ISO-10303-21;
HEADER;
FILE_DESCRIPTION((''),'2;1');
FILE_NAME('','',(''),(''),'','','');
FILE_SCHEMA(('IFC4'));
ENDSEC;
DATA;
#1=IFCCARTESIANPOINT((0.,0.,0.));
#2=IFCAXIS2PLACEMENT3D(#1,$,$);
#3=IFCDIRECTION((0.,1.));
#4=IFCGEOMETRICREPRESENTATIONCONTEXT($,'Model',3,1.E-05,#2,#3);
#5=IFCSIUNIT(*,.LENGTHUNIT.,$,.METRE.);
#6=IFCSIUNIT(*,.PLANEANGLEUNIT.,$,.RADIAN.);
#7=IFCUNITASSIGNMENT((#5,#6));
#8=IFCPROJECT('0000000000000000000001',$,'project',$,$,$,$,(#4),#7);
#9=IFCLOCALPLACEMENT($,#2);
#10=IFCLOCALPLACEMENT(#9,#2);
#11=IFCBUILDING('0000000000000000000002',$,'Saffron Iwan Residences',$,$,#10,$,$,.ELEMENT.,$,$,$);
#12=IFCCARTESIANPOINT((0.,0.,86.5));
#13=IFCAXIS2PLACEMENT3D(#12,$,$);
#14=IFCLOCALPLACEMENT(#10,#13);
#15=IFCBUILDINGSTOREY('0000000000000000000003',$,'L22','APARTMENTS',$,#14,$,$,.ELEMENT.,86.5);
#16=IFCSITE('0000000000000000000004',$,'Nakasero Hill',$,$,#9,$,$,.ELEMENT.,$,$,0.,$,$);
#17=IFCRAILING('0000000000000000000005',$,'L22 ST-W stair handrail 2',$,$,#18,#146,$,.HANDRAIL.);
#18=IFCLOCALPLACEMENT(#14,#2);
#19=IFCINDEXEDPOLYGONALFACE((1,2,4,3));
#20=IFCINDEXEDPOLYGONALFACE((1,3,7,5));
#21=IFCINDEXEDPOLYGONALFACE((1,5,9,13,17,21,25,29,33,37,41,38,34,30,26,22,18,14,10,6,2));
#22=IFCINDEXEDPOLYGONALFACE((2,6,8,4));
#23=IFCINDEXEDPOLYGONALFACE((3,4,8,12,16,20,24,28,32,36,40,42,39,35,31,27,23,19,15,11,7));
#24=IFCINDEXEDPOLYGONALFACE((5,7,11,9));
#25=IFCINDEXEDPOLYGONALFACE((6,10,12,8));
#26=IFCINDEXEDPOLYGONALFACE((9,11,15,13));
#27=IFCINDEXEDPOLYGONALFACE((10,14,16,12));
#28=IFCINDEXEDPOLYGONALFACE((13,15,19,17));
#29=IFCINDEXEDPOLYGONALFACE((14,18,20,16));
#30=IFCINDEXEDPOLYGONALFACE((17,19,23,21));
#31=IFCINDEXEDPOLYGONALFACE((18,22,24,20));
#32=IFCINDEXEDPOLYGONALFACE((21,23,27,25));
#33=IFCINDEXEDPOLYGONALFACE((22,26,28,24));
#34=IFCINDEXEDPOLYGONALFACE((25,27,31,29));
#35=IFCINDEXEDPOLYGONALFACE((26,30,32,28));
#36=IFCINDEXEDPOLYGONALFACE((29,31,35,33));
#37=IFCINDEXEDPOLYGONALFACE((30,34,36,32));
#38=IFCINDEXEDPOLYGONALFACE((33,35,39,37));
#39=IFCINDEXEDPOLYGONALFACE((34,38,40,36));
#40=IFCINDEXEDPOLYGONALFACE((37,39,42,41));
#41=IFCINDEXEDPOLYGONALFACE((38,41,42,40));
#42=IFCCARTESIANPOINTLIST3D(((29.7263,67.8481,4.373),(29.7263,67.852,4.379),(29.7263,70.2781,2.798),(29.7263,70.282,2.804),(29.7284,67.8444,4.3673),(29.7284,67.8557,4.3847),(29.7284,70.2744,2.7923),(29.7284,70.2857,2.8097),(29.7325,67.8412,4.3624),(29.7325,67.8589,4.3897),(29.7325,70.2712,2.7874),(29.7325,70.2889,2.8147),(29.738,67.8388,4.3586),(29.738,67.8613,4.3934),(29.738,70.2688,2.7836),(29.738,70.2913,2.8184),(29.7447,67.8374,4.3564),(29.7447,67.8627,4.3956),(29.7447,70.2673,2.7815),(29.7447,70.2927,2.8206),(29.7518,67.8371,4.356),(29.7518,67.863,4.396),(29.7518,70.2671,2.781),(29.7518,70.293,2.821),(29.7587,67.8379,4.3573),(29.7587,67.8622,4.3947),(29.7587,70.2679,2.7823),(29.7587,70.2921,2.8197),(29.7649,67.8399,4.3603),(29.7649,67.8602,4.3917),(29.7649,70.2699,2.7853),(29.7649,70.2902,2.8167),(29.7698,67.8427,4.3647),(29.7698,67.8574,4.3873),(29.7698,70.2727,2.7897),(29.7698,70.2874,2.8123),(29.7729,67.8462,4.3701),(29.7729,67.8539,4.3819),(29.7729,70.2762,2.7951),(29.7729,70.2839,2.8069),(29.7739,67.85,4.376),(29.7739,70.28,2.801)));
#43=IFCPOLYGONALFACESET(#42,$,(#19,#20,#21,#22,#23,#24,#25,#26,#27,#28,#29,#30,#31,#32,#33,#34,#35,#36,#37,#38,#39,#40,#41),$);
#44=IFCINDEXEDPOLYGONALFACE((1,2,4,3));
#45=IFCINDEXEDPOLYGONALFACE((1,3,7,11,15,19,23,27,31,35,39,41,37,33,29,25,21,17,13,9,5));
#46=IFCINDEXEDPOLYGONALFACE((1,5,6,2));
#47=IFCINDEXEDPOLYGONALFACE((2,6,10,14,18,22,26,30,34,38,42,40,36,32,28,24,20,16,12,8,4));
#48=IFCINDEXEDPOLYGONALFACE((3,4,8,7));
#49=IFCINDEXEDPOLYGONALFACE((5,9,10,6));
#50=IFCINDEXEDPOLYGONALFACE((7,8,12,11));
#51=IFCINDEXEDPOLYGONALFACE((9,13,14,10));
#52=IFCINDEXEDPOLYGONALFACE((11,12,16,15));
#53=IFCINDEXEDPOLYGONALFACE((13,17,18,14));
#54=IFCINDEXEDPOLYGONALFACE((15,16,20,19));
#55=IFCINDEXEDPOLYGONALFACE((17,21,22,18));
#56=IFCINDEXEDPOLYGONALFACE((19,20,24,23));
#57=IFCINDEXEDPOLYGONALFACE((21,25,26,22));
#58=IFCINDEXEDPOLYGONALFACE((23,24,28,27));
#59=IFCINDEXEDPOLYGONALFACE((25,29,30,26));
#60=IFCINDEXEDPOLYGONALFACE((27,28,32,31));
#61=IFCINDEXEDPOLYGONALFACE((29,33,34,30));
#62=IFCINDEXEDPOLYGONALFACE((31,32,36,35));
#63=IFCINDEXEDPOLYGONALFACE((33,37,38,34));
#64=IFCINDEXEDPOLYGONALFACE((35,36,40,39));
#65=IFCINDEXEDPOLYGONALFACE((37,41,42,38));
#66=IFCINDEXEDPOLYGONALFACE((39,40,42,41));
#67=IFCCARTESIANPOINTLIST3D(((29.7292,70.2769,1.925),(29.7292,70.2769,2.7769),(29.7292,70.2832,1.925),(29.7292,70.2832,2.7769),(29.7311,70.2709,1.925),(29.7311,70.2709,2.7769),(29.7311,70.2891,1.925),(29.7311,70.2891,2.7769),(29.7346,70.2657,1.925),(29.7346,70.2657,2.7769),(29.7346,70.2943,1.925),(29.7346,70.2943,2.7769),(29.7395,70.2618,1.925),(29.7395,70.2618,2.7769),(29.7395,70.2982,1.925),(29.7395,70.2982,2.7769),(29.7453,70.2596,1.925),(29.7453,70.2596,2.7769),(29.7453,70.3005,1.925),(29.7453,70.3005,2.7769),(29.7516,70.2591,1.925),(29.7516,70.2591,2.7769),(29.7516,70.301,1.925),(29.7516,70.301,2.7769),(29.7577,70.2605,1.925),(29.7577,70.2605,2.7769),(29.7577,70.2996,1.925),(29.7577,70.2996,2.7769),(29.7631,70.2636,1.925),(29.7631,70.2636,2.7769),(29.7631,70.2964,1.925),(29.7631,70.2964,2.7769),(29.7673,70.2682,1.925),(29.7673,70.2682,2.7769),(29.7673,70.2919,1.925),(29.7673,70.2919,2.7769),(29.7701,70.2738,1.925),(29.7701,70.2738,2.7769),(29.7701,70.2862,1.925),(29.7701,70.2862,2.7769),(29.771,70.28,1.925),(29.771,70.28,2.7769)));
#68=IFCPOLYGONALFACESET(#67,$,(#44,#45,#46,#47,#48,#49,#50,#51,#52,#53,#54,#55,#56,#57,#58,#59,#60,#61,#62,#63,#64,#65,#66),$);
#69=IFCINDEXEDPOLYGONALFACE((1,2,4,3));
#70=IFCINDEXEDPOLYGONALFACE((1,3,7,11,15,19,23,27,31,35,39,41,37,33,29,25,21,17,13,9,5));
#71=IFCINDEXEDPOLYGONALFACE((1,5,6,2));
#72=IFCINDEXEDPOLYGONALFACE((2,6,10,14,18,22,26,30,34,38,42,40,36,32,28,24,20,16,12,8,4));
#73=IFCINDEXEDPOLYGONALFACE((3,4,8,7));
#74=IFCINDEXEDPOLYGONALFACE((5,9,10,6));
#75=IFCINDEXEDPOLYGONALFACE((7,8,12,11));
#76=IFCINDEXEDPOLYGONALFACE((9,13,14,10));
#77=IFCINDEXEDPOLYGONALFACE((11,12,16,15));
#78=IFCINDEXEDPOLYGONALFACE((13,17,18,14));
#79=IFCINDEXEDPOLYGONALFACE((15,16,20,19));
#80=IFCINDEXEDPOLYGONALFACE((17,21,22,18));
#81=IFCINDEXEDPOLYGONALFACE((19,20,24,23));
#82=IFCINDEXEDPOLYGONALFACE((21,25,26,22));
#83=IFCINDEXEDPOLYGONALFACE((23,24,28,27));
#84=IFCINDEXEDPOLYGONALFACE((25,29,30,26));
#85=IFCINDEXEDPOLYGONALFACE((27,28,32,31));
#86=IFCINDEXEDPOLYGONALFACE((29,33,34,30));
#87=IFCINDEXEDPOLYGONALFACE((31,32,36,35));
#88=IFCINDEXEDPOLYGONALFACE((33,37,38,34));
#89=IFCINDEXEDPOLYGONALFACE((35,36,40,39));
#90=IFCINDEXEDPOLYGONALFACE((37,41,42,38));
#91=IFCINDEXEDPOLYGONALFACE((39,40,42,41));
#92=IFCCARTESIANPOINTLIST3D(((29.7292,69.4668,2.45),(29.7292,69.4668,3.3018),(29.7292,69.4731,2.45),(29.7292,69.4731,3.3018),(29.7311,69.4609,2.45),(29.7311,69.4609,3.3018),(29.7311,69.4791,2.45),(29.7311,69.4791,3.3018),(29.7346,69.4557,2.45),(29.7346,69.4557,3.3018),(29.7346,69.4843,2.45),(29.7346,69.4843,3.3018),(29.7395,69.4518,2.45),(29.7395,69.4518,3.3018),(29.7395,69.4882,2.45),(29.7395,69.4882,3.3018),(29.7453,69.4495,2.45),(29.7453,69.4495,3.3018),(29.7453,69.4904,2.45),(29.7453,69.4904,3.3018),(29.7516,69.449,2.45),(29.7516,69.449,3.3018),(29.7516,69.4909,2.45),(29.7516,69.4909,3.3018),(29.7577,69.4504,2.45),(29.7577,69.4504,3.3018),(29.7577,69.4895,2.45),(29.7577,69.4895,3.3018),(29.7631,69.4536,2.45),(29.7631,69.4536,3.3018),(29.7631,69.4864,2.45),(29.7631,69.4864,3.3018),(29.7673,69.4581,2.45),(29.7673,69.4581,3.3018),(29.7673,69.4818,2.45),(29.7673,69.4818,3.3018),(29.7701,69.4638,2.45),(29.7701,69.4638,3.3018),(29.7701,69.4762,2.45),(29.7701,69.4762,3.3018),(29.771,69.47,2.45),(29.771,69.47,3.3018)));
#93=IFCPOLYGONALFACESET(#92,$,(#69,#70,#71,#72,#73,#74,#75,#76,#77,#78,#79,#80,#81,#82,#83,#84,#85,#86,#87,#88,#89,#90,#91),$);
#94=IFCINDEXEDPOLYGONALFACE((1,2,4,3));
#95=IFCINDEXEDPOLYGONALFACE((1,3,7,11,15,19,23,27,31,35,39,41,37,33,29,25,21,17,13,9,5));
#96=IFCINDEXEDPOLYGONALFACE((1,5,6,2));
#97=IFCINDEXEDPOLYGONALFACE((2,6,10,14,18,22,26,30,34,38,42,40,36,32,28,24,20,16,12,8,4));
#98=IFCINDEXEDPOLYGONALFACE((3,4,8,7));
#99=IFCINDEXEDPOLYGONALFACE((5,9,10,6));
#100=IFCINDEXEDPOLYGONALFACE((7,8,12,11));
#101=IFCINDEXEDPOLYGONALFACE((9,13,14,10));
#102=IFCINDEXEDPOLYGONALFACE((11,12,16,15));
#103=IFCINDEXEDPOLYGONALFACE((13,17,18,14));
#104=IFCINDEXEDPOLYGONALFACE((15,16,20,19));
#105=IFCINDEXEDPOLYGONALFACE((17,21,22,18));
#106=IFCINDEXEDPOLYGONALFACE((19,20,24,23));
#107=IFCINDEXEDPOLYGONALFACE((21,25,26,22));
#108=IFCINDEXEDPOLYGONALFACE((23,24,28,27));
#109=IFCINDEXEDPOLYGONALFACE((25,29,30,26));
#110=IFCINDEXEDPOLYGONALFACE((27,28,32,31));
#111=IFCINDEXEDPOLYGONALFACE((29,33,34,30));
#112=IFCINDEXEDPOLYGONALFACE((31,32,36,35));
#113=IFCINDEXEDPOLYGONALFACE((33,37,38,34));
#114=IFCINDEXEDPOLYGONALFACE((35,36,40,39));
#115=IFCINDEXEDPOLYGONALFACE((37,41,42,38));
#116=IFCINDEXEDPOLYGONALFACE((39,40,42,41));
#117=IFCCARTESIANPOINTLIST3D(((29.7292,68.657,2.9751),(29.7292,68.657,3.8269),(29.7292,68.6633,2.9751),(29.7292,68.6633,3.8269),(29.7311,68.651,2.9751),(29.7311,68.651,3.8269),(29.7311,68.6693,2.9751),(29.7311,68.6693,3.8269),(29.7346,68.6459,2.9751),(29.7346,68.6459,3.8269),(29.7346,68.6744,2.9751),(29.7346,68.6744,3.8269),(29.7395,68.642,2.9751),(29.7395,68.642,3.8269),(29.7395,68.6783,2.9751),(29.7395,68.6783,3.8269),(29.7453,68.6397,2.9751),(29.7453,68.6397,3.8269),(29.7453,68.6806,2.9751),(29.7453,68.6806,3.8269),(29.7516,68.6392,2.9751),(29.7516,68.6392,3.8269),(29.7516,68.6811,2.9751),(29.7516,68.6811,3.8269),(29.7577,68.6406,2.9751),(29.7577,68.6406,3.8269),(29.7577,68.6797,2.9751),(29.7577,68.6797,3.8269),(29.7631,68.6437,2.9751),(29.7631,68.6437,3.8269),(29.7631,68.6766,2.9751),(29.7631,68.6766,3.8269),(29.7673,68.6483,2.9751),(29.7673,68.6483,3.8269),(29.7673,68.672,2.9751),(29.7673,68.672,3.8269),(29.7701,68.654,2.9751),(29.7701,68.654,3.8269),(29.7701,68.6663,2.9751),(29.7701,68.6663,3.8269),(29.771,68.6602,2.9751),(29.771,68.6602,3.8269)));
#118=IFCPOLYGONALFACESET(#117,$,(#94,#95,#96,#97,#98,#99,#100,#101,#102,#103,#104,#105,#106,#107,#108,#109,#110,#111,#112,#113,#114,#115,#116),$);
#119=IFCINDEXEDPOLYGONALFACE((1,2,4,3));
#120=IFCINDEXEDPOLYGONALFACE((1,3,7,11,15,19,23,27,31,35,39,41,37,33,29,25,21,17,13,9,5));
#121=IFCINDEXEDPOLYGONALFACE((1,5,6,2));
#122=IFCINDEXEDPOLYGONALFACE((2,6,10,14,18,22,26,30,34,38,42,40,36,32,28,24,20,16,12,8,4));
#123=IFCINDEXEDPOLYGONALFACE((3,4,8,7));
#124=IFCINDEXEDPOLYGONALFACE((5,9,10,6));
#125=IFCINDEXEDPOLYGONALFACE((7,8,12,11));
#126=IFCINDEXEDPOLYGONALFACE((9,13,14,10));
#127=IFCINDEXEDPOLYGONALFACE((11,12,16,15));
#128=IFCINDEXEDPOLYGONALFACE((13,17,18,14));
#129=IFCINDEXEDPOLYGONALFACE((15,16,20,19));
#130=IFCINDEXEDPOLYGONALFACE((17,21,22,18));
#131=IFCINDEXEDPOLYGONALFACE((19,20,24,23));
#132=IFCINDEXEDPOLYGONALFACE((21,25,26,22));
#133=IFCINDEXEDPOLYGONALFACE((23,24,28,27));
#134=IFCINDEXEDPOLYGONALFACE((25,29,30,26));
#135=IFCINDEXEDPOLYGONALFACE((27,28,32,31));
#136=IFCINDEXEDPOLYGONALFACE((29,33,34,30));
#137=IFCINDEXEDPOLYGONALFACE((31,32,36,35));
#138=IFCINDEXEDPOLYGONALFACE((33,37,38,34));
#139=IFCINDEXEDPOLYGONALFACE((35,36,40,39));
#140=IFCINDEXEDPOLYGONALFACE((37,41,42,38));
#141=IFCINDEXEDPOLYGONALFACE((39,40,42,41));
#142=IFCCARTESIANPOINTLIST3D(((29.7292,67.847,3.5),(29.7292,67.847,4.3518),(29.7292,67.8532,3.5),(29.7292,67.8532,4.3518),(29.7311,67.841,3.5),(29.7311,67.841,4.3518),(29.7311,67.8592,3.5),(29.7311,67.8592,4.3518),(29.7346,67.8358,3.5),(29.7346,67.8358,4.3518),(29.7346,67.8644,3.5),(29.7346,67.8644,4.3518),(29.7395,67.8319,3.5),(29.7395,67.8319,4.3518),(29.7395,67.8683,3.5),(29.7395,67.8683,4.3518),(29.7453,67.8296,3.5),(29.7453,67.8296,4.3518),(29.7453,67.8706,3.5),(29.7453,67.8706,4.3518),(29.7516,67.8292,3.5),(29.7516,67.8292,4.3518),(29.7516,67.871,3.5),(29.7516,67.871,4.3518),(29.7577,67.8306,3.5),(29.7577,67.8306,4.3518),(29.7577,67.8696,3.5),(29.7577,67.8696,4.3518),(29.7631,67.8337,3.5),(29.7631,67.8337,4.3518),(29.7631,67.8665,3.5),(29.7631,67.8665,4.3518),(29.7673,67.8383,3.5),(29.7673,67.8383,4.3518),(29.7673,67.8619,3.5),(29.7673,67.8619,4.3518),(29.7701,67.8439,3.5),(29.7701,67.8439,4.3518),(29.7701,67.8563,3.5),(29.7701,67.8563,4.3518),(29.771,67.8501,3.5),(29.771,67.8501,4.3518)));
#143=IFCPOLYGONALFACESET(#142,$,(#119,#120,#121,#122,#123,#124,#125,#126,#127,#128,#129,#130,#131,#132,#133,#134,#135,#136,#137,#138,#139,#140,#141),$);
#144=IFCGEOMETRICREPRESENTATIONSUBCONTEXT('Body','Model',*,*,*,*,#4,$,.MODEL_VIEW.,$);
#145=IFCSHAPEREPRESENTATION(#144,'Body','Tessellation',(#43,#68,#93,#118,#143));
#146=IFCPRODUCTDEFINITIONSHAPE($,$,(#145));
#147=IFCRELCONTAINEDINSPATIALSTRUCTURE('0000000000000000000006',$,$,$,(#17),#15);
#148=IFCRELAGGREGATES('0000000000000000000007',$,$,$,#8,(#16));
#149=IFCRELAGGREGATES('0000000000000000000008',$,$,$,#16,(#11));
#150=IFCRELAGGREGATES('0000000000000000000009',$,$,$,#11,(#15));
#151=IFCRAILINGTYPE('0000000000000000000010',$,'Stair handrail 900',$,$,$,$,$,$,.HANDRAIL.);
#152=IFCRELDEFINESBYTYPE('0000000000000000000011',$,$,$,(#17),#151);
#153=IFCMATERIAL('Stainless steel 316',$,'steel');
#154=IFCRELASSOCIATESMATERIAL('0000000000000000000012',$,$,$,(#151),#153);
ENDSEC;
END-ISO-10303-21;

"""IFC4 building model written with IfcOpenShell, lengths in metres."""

from ifc_helpers import new_model, si_unit, direction, frame, origin, origin_2d, place, context, subcontext, project, spatial, circle, extrude, material, type_object, element, save


model = new_model("IFC4")

# Units and contexts
model_context = context("Model", 3, precision=1e-05, world=origin(), true_north=direction((0.0, 1.0)))
body_context = subcontext(model_context, "Body", "Model", "MODEL_VIEW")
ifc_project = project(units=[si_unit("LENGTHUNIT", "METRE"), si_unit("PLANEANGLEUNIT", "RADIAN")], contexts=[model_context])

# Site, building, storey
site_placement = place(None, origin())
site = spatial("IfcSite", under=ifc_project, at=site_placement, Name="Nakasero Hill", CompositionType="ELEMENT", RefElevation=0.0)
building_placement = place(site_placement, origin())
building = spatial("IfcBuilding", under=site, at=building_placement, Name="Saffron Iwan Residences", CompositionType="ELEMENT")
storey_placement = place(building_placement, frame((0.0, 0.0, 86.5)))
storey = spatial("IfcBuildingStorey", under=building, at=storey_placement, Name="L22", Description="APARTMENTS", CompositionType="ELEMENT", Elevation=86.5)

# Railing
ifc_material_1 = material(Name="Stainless steel 316", Category="steel")
railing_type = type_object("IfcRailingType", Name="Stair handrail 900", PredefinedType="HANDRAIL", material=ifc_material_1)
railing_1_placement = place(storey_placement, frame((29.75, 70.28, 1.925)))
element("IfcRailing", 1, at=railing_1_placement, inside=storey, type_object=railing_type, Name="L22 ST-W stair handrail 2", PredefinedType="HANDRAIL", context=body_context, shape_type="SweptSolid", body=[
    extrude(circle(Radius=0.0239, at=origin_2d()), frame((0.0, 0.0, 0.876), z_axis=(0.0, -0.839154, 0.543894), x_axis=(1.0, 0.0, 0.0)), (0.0, 0.0, 1.0), 2.8958),
    extrude(circle(Radius=0.021, at=origin_2d()), origin(), (0.0, 0.0, 1.0), 0.8518),
    extrude(circle(Radius=0.021, at=origin_2d()), frame((0.0, -0.8101, 0.5249)), (0.0, 0.0, 1.0), 0.8518),
    extrude(circle(Radius=0.021, at=origin_2d()), frame((0.0, -1.6199, 1.05)), (0.0, 0.0, 1.0), 0.8518),
    extrude(circle(Radius=0.021, at=origin_2d()), frame((0.0, -2.4299, 1.575)), (0.0, 0.0, 1.0), 0.8518),
])

save(model, "model.ifc")
